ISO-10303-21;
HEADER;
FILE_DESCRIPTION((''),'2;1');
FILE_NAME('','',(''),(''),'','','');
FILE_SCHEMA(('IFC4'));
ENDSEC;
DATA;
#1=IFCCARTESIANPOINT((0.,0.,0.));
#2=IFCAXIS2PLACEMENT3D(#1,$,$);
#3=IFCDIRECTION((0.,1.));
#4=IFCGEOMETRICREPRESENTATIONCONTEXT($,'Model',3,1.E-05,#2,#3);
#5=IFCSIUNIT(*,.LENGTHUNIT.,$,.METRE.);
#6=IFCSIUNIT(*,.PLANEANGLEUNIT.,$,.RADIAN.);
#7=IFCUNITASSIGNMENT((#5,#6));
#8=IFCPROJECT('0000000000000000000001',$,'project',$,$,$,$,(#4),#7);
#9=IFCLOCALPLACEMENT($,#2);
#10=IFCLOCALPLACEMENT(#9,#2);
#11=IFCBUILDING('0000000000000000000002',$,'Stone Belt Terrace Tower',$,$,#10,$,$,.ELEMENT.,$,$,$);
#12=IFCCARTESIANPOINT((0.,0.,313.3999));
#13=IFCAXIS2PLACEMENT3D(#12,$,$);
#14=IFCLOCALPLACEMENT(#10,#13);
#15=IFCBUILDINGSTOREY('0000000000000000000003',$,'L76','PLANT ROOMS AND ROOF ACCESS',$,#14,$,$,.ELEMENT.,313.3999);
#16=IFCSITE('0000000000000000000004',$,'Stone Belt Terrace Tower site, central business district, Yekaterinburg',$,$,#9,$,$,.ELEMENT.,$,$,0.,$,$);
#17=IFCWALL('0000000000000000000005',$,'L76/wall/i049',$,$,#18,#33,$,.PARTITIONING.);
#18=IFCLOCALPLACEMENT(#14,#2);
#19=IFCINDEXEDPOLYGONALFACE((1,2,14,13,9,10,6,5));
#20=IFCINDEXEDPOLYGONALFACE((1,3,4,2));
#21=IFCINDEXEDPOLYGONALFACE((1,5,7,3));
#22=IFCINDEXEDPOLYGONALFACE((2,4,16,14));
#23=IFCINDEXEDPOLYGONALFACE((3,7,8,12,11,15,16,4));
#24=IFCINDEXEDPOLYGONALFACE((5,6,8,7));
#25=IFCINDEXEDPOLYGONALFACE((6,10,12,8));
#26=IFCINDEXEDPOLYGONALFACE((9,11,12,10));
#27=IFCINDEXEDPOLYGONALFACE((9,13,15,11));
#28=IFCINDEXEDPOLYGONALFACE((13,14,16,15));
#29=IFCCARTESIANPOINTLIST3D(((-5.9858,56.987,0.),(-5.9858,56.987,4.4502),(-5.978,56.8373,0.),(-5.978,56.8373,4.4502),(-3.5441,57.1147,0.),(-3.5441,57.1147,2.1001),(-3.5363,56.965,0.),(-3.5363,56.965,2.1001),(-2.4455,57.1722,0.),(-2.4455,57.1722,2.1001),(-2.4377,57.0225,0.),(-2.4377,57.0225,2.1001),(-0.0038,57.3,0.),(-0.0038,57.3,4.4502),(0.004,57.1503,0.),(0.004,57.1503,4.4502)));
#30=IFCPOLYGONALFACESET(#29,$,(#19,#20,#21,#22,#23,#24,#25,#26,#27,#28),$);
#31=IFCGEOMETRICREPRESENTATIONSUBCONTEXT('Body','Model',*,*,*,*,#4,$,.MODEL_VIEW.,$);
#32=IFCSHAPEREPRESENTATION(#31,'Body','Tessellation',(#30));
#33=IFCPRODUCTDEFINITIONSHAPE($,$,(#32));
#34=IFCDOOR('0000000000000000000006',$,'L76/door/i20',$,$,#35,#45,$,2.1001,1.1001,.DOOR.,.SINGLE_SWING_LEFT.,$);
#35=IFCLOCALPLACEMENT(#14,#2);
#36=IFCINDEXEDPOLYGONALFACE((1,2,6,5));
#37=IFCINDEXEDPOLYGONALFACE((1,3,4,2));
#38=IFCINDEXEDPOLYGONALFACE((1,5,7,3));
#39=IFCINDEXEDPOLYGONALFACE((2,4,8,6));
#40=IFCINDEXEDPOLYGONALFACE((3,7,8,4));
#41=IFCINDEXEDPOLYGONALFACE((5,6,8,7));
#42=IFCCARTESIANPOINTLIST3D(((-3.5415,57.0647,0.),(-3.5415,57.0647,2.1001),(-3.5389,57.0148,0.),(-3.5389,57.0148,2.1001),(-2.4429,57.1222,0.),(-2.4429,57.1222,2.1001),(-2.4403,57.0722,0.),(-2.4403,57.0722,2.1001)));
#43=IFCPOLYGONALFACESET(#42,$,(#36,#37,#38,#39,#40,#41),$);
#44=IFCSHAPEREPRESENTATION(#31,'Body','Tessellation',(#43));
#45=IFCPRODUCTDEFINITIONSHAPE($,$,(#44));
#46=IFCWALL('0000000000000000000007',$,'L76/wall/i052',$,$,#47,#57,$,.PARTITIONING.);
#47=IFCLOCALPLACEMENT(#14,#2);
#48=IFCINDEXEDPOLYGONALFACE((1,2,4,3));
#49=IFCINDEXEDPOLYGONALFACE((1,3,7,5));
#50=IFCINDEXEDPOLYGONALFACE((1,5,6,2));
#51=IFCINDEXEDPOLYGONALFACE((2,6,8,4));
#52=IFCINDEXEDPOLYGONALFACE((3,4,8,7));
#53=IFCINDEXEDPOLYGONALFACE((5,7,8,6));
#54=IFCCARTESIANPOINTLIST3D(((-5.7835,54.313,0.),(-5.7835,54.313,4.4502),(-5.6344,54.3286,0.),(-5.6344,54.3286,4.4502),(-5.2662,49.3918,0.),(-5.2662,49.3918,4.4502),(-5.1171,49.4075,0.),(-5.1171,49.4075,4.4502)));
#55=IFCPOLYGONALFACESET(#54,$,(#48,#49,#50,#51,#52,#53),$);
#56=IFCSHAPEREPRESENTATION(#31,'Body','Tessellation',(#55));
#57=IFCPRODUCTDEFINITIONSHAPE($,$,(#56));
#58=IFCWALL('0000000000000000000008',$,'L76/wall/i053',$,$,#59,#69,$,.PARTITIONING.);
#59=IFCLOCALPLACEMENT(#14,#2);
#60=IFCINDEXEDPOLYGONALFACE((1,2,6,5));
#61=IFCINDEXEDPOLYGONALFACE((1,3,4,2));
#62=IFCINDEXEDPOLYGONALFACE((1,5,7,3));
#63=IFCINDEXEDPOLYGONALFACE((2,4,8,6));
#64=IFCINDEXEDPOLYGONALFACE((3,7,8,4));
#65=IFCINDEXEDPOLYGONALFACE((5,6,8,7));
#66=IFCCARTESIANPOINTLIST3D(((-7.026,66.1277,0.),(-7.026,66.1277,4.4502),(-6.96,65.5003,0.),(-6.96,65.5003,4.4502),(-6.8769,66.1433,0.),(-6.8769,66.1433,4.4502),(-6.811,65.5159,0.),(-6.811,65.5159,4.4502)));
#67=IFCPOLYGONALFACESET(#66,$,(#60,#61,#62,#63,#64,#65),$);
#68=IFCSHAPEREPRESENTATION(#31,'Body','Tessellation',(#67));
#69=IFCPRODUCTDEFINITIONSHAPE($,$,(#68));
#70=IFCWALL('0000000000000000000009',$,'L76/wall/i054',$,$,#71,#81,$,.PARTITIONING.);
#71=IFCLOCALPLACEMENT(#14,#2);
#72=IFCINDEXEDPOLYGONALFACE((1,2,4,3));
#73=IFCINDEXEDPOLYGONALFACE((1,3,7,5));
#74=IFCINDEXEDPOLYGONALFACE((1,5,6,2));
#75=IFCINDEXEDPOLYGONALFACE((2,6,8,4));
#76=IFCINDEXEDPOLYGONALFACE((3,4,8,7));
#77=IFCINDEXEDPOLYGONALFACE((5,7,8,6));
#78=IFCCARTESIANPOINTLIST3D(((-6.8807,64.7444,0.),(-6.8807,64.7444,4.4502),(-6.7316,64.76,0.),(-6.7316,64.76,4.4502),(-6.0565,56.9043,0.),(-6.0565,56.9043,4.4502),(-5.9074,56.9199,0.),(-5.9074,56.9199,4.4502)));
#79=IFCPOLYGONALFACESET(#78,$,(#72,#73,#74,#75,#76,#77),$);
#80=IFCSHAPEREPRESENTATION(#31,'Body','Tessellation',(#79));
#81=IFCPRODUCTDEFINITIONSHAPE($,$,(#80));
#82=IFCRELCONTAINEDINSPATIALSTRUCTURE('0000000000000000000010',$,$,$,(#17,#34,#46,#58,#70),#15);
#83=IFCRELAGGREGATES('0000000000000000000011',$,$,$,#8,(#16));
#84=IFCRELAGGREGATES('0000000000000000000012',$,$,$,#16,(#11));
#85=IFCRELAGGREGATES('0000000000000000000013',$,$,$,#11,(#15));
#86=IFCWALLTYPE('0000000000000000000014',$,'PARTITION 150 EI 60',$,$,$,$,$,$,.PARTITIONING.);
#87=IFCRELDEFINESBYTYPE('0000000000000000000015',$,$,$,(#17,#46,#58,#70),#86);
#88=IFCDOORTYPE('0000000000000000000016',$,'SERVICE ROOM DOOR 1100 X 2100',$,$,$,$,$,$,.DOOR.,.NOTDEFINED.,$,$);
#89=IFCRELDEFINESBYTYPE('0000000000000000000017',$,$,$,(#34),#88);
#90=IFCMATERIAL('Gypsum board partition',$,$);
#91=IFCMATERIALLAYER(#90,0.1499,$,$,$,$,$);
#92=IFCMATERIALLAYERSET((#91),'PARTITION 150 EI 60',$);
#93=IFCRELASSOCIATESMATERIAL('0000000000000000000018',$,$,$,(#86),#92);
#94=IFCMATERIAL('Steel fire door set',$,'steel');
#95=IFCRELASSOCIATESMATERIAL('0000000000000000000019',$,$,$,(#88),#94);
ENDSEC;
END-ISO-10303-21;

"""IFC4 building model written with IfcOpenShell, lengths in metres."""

from ifc_helpers import new_model, si_unit, direction, frame, frame_2d, origin, place, context, subcontext, project, spatial, rectangle, extrude, material, layer, layer_set, type_object, element, fill, save


model = new_model("IFC4")

# Units and contexts
model_context = context("Model", 3, precision=1e-05, world=origin(), true_north=direction((0.0, 1.0)))
body_context = subcontext(model_context, "Body", "Model", "MODEL_VIEW")
ifc_project = project(units=[si_unit("LENGTHUNIT", "METRE"), si_unit("PLANEANGLEUNIT", "RADIAN")], contexts=[model_context])

# Site, building, storey
site_placement = place(None, origin())
site = spatial("IfcSite", under=ifc_project, at=site_placement, Name="Stone Belt Terrace Tower site, central business district, Yekaterinburg", CompositionType="ELEMENT", RefElevation=0.0)
building_placement = place(site_placement, origin())
building = spatial("IfcBuilding", under=site, at=building_placement, Name="Stone Belt Terrace Tower", CompositionType="ELEMENT")
storey_placement = place(building_placement, frame((0.0, 0.0, 313.3999)))
storey = spatial("IfcBuildingStorey", under=building, at=storey_placement, Name="L76", Description="PLANT ROOMS AND ROOF ACCESS", CompositionType="ELEMENT", Elevation=313.3999)

# Shared definitions
ifc_material_1 = material(Name="Gypsum board partition")
ifc_layer_1 = layer(ifc_material_1, 0.1499)
ifc_layer_set_1 = layer_set([ifc_layer_1], Name="PARTITION 150 EI 60")
wall_type_1 = type_object("IfcWallType", Name="PARTITION 150 EI 60", PredefinedType="PARTITIONING", material=ifc_layer_set_1)
ifc_material_2 = material(Name="Steel fire door set", Category="steel")
door_type_1 = type_object("IfcDoorType", Name="SERVICE ROOM DOOR 1100 X 2100", OperationType="NOTDEFINED", PredefinedType="DOOR", material=ifc_material_2)

# Wall, opening, door
wall_1_placement = place(storey_placement, frame((-5.9819, 56.9121, 0.0), z_axis=(0.0, 0.0, 1.0), x_axis=(0.998634, 0.052251, 0.0)))
wall_1 = element("IfcWall", 1, at=wall_1_placement, inside=storey, type_object=wall_type_1, Name="L76/wall/i049", PredefinedType="PARTITIONING", context=body_context, shape_type="SweptSolid", body=[
    extrude(rectangle(XDim=5.9902, YDim=0.1499, at=frame_2d((2.9951, 0.0))), origin(), (0.0, 0.0, 1.0), 4.4502),
])
opening_1_placement = place(wall_1_placement, frame((2.4451, 0.0, 0.0)))
opening_1 = element("IfcOpeningElement", 2, at=opening_1_placement, cuts=wall_1, PredefinedType="OPENING", context=body_context, shape_type="SweptSolid", body=[
    extrude(rectangle(XDim=1.1001, YDim=2.1001, at=frame_2d((0.55, 1.05))), frame((0.0, 0.085, 0.0), z_axis=(0.0, -1.0, 0.0), x_axis=(1.0, 0.0, 0.0)), (0.0, 0.0, 1.0), 0.1699),
])
door_1_placement = place(opening_1_placement, origin())
door_1 = element("IfcDoor", 3, at=door_1_placement, inside=storey, type_object=door_type_1, Name="L76/door/i20", OperationType="SINGLE_SWING_LEFT", OverallHeight=2.1001, OverallWidth=1.1001, PredefinedType="DOOR", context=body_context, shape_type="SweptSolid", body=[
    extrude(rectangle(XDim=1.1001, YDim=2.1001, at=frame_2d((0.55, 1.05))), frame((0.0, 0.0249, 0.0), z_axis=(0.0, -1.0, 0.0), x_axis=(1.0, 0.0, 0.0)), (0.0, 0.0, 1.0), 0.05),
])
fill(opening_1, door_1)

# Walls
wall_2_placement = place(storey_placement, frame((-5.709, 54.3208, 0.0), z_axis=(0.0, 0.0, 1.0), x_axis=(0.104549, -0.99452, 0.0)))
element("IfcWall", 4, at=wall_2_placement, inside=storey, type_object=wall_type_1, Name="L76/wall/i052", PredefinedType="PARTITIONING", context=body_context, shape_type="SweptSolid", body=[
    extrude(rectangle(XDim=4.9482, YDim=0.1499, at=frame_2d((2.4741, 0.0))), origin(), (0.0, 0.0, 1.0), 4.4502),
])
wall_3_placement = place(storey_placement, frame((-6.9514, 66.1355, 0.0), z_axis=(0.0, 0.0, 1.0), x_axis=(0.104483, -0.994527, 0.0)))
element("IfcWall", 5, at=wall_3_placement, inside=storey, type_object=wall_type_1, Name="L76/wall/i053", PredefinedType="PARTITIONING", context=body_context, shape_type="SweptSolid", body=[
    extrude(rectangle(XDim=0.6309, YDim=0.1499, at=frame_2d((0.3154, 0.0))), origin(), (0.0, 0.0, 1.0), 4.4502),
])
wall_4_placement = place(storey_placement, frame((-6.8062, 64.7522, 0.0), z_axis=(0.0, 0.0, 1.0), x_axis=(0.104553, -0.994519, 0.0)))
element("IfcWall", 6, at=wall_4_placement, inside=storey, type_object=wall_type_1, Name="L76/wall/i054", PredefinedType="PARTITIONING", context=body_context, shape_type="SweptSolid", body=[
    extrude(rectangle(XDim=7.8833, YDim=0.1499, at=frame_2d((3.9417, 0.0))), origin(), (0.0, 0.0, 1.0), 4.4502),
])

save(model, "model.ifc")
